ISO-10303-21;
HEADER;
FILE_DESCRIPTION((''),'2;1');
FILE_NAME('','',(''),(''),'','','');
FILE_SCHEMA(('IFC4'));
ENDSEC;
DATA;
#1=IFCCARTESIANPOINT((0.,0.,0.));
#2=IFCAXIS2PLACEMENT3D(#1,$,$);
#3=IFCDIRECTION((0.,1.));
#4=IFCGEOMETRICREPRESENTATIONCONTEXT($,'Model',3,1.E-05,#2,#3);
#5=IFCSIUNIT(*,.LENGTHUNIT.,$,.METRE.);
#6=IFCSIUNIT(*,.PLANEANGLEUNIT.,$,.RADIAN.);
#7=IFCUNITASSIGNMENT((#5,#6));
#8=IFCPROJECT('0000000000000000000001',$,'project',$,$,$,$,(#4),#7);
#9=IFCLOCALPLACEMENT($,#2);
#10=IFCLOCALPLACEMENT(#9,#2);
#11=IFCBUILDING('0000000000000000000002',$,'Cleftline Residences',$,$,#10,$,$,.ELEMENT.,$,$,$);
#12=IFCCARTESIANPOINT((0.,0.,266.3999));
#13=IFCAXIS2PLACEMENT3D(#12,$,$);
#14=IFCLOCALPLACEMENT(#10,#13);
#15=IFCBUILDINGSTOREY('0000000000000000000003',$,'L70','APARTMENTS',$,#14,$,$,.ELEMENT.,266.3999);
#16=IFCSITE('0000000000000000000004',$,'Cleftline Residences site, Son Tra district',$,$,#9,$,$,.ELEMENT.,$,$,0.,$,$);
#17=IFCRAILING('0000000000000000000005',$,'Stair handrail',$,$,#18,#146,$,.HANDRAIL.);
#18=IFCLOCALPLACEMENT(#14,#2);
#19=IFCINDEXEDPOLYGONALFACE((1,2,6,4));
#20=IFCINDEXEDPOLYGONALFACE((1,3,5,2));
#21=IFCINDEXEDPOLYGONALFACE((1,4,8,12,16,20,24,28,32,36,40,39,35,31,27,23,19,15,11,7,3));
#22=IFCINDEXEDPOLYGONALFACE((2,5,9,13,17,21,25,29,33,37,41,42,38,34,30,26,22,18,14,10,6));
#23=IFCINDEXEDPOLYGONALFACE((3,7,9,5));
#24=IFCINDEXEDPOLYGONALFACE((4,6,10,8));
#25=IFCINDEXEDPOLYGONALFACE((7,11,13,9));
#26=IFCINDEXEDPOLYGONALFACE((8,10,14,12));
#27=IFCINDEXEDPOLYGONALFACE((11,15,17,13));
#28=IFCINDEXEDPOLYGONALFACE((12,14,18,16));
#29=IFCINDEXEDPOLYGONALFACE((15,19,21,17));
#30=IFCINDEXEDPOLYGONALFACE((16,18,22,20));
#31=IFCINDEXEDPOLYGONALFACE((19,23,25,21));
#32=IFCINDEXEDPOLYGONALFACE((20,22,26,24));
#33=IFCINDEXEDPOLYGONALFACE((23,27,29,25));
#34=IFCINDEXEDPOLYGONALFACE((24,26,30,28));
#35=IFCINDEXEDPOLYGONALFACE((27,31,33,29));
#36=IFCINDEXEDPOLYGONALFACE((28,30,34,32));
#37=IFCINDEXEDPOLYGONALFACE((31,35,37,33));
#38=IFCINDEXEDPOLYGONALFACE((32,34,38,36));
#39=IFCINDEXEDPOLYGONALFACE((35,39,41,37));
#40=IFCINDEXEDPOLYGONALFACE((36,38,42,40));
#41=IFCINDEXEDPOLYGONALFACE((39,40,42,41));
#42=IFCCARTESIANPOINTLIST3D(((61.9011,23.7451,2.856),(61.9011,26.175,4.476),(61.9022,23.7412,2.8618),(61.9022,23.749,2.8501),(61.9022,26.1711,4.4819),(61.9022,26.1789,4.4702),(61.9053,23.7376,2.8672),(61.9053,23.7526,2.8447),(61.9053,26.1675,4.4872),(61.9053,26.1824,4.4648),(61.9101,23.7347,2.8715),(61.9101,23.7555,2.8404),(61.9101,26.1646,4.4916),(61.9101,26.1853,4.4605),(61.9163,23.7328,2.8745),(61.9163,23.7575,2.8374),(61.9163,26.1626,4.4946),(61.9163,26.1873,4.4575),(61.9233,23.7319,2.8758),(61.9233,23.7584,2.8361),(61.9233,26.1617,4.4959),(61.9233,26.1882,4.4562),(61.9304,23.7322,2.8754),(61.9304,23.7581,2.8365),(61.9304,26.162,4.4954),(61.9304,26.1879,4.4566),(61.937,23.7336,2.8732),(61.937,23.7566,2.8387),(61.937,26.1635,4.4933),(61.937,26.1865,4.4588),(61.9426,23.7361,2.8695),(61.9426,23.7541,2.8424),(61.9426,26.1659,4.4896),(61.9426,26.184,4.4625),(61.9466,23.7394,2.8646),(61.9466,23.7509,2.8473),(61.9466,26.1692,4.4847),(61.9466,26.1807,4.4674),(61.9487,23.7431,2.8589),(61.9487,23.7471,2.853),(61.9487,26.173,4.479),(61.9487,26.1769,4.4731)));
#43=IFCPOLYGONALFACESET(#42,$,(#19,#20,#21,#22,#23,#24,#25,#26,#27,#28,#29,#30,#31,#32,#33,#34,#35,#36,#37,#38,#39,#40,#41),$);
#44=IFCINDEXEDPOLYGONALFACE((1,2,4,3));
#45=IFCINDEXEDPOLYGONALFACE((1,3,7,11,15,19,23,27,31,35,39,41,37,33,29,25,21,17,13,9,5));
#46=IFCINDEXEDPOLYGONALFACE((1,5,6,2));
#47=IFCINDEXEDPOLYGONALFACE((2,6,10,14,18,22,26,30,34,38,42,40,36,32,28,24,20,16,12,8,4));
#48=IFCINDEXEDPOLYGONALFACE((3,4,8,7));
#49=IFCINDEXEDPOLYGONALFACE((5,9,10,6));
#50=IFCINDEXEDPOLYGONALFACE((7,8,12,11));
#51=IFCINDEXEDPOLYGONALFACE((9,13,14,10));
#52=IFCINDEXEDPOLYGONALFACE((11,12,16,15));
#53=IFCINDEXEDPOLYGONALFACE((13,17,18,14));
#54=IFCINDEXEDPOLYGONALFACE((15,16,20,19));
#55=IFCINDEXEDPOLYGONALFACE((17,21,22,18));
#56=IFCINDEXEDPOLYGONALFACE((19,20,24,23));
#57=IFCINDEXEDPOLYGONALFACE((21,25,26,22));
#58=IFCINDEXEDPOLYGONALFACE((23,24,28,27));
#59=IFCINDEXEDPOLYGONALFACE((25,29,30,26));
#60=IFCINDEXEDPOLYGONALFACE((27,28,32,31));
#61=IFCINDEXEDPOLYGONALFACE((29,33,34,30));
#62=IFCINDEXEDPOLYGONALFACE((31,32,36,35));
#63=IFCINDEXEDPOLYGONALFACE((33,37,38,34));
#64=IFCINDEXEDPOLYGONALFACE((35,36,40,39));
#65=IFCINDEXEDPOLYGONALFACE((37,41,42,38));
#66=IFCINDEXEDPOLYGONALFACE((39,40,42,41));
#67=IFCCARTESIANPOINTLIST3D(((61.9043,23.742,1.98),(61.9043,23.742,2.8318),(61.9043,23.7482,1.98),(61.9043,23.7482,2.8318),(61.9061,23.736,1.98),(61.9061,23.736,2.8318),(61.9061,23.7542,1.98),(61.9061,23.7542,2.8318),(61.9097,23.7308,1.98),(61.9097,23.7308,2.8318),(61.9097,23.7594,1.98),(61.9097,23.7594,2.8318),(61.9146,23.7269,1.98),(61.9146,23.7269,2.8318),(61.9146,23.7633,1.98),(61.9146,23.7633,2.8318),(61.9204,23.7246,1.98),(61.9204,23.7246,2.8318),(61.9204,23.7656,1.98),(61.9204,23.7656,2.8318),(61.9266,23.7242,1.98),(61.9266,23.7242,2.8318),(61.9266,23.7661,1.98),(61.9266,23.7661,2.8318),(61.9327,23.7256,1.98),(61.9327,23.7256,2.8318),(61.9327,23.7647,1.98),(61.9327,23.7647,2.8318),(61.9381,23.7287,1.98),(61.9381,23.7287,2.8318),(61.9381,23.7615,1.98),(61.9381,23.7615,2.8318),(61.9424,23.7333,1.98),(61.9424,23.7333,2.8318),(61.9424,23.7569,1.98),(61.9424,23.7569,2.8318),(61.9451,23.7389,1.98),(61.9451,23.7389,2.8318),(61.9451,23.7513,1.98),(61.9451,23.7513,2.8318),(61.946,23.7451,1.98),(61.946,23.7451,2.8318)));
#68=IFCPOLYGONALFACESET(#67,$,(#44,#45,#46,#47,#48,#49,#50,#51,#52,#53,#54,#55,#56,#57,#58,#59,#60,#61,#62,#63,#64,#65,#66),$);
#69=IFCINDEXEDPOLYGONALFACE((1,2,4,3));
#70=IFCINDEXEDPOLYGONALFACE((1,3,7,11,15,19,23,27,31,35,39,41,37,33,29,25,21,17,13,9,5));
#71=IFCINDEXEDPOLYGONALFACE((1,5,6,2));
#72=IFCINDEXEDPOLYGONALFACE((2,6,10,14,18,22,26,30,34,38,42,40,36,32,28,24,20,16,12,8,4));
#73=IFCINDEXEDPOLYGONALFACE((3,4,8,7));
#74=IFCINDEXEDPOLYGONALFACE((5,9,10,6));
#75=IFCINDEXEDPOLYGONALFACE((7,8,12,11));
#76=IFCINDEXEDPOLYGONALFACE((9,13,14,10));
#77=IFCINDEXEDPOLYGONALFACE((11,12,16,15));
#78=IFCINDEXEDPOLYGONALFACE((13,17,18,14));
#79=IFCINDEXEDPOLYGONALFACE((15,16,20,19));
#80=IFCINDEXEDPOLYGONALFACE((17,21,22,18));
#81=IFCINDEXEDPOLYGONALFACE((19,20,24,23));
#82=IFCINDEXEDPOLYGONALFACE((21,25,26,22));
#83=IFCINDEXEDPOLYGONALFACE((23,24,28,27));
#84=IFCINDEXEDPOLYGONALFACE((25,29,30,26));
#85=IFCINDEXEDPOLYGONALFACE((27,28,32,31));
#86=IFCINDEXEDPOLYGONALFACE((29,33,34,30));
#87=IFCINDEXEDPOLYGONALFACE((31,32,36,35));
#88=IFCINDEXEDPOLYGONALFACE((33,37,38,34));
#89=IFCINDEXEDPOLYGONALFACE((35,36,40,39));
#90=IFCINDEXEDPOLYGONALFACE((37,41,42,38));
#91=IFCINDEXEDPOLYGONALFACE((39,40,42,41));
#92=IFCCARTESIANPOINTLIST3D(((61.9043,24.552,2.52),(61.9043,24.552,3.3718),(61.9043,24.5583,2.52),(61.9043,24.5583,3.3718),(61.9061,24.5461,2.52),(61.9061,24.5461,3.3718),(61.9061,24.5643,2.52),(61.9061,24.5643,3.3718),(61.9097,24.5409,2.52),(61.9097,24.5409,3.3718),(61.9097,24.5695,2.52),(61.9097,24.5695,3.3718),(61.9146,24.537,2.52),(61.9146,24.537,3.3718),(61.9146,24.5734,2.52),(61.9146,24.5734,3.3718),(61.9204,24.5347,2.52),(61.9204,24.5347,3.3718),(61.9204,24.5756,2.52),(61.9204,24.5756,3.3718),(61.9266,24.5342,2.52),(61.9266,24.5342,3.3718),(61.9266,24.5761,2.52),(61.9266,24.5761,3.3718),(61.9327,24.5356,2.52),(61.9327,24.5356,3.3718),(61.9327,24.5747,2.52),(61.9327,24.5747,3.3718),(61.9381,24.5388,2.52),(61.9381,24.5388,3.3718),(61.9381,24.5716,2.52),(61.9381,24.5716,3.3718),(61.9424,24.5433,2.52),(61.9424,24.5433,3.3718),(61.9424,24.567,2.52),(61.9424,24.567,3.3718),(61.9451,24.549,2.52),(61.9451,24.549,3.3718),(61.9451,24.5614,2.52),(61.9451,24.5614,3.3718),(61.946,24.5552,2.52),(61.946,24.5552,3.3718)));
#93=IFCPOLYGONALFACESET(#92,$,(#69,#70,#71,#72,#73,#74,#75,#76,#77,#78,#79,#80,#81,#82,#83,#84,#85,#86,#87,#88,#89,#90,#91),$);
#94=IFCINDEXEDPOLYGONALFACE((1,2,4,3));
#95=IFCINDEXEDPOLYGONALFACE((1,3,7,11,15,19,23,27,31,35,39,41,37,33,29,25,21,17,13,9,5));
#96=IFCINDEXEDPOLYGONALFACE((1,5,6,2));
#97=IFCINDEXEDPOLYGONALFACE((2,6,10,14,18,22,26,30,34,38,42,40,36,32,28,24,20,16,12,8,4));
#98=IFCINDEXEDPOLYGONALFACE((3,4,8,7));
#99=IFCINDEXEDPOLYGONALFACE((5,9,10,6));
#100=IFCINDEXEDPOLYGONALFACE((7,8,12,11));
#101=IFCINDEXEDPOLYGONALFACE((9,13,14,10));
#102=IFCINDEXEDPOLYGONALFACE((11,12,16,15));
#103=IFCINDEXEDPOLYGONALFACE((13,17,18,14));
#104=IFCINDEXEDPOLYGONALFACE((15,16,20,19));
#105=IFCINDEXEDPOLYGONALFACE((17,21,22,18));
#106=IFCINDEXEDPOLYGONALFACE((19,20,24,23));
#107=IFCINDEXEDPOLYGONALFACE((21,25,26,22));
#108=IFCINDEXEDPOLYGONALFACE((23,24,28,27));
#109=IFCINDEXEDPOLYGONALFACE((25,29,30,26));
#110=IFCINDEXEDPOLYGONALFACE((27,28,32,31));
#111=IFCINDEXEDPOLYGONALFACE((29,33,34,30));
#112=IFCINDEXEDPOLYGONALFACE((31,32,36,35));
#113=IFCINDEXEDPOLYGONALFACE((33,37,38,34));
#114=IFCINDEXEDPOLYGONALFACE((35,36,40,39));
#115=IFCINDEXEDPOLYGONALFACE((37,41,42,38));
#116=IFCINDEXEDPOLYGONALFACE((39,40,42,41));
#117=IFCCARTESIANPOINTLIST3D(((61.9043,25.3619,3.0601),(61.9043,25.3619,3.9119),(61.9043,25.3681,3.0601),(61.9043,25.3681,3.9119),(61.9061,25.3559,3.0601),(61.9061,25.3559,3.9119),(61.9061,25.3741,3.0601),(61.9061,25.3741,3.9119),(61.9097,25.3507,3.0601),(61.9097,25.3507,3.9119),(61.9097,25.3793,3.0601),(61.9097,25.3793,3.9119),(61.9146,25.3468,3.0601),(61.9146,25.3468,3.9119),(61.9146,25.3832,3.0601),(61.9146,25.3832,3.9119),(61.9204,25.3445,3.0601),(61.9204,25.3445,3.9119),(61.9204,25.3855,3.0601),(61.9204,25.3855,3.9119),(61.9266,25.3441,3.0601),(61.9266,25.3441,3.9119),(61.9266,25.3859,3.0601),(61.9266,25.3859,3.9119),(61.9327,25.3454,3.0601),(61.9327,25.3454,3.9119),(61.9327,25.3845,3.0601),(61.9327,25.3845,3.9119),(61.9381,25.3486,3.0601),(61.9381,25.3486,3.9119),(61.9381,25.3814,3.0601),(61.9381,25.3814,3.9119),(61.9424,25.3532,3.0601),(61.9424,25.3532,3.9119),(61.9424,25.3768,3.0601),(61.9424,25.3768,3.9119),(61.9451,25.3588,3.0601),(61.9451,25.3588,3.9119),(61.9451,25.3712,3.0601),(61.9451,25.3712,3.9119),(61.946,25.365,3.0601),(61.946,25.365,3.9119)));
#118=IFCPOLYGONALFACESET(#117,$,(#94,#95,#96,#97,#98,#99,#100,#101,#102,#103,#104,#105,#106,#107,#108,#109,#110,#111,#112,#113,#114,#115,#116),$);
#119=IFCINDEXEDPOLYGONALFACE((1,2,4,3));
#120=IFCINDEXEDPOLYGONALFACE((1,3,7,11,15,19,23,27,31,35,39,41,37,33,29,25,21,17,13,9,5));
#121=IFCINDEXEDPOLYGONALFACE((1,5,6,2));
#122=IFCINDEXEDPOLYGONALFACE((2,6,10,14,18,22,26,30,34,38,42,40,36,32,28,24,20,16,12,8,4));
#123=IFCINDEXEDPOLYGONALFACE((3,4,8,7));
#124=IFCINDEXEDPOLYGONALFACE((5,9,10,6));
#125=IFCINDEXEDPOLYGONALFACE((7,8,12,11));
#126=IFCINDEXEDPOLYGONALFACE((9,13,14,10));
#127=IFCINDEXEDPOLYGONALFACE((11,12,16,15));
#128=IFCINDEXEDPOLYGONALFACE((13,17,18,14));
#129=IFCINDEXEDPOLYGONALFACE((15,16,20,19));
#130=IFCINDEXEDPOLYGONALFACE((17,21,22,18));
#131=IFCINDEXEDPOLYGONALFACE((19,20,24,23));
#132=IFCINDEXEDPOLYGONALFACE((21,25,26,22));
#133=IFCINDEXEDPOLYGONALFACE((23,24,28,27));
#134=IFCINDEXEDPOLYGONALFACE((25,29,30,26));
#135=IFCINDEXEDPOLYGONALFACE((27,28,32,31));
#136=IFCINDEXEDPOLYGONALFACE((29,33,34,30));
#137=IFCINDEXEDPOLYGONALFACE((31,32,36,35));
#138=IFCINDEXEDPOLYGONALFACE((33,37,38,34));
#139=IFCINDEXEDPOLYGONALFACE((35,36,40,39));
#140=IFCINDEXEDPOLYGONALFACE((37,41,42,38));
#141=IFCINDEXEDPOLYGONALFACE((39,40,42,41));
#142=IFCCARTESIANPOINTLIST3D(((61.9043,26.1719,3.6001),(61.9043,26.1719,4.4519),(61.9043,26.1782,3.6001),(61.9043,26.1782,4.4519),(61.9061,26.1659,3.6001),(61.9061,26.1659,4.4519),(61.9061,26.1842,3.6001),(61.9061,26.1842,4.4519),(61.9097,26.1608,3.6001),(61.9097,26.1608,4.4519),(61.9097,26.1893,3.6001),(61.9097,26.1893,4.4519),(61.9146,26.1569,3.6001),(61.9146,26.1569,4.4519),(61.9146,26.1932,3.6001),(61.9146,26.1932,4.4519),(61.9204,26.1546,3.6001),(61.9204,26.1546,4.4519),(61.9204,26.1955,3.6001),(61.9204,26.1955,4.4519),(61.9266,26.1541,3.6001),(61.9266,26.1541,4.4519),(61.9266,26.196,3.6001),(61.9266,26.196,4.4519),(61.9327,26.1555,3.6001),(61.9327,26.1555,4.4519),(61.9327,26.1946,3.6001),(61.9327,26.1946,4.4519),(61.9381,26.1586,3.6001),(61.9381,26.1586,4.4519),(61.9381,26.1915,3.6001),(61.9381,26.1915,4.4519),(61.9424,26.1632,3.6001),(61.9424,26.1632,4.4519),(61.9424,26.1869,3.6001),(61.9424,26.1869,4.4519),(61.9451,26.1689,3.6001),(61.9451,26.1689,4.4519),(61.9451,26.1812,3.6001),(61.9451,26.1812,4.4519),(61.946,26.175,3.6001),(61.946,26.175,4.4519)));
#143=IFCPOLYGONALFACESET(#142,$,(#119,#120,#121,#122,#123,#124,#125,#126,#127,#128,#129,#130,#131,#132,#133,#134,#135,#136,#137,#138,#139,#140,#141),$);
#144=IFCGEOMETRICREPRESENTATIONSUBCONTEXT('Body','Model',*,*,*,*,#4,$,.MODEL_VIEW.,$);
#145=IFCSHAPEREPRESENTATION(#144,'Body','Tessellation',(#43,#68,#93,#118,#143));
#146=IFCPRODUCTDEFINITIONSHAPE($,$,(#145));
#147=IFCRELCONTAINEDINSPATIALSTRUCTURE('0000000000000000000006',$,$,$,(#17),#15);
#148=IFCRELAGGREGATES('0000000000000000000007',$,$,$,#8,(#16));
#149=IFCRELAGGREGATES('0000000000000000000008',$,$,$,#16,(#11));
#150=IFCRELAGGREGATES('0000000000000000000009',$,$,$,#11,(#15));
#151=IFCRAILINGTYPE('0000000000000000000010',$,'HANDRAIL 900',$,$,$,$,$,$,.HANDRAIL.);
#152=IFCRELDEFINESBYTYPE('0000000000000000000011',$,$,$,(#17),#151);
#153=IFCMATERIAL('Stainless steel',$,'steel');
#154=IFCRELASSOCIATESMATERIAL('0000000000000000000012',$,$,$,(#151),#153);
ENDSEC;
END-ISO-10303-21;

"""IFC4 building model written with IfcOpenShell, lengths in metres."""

from ifc_helpers import new_model, si_unit, direction, frame, origin, origin_2d, place, context, subcontext, project, spatial, circle, extrude, material, type_object, element, save


model = new_model("IFC4")

# Units and contexts
model_context = context("Model", 3, precision=1e-05, world=origin(), true_north=direction((0.0, 1.0)))
body_context = subcontext(model_context, "Body", "Model", "MODEL_VIEW")
ifc_project = project(units=[si_unit("LENGTHUNIT", "METRE"), si_unit("PLANEANGLEUNIT", "RADIAN")], contexts=[model_context])

# Site, building, storey
site_placement = place(None, origin())
site = spatial("IfcSite", under=ifc_project, at=site_placement, Name="Cleftline Residences site, Son Tra district", CompositionType="ELEMENT", RefElevation=0.0)
building_placement = place(site_placement, origin())
building = spatial("IfcBuilding", under=site, at=building_placement, Name="Cleftline Residences", CompositionType="ELEMENT")
storey_placement = place(building_placement, frame((0.0, 0.0, 266.3999)))
storey = spatial("IfcBuildingStorey", under=building, at=storey_placement, Name="L70", Description="APARTMENTS", CompositionType="ELEMENT", Elevation=266.3999)

# Railing
ifc_material_1 = material(Name="Stainless steel", Category="steel")
railing_type = type_object("IfcRailingType", Name="HANDRAIL 900", PredefinedType="HANDRAIL", material=ifc_material_1)
railing_placement = place(storey_placement, frame((61.925, 23.7451, 1.98)))
element("IfcRailing", 1, at=railing_placement, inside=storey, type_object=railing_type, Name="Stair handrail", PredefinedType="HANDRAIL", context=body_context, shape_type="SweptSolid", body=[
    extrude(circle(Radius=0.0239, at=origin_2d()), frame((0.0, 0.0, 0.876), z_axis=(0.0, 0.832025, 0.554739), x_axis=(-1.0, 0.0, 0.0)), (0.0, 0.0, 1.0), 2.9204),
    extrude(circle(Radius=0.021, at=origin_2d()), origin(), (0.0, 0.0, 1.0), 0.8518),
    extrude(circle(Radius=0.021, at=origin_2d()), frame((0.0, 0.8101, 0.54)), (0.0, 0.0, 1.0), 0.8518),
    extrude(circle(Radius=0.021, at=origin_2d()), frame((0.0, 1.6199, 1.0801)), (0.0, 0.0, 1.0), 0.8518),
    extrude(circle(Radius=0.021, at=origin_2d()), frame((0.0, 2.4299, 1.6201)), (0.0, 0.0, 1.0), 0.8518),
])

save(model, "model.ifc")
